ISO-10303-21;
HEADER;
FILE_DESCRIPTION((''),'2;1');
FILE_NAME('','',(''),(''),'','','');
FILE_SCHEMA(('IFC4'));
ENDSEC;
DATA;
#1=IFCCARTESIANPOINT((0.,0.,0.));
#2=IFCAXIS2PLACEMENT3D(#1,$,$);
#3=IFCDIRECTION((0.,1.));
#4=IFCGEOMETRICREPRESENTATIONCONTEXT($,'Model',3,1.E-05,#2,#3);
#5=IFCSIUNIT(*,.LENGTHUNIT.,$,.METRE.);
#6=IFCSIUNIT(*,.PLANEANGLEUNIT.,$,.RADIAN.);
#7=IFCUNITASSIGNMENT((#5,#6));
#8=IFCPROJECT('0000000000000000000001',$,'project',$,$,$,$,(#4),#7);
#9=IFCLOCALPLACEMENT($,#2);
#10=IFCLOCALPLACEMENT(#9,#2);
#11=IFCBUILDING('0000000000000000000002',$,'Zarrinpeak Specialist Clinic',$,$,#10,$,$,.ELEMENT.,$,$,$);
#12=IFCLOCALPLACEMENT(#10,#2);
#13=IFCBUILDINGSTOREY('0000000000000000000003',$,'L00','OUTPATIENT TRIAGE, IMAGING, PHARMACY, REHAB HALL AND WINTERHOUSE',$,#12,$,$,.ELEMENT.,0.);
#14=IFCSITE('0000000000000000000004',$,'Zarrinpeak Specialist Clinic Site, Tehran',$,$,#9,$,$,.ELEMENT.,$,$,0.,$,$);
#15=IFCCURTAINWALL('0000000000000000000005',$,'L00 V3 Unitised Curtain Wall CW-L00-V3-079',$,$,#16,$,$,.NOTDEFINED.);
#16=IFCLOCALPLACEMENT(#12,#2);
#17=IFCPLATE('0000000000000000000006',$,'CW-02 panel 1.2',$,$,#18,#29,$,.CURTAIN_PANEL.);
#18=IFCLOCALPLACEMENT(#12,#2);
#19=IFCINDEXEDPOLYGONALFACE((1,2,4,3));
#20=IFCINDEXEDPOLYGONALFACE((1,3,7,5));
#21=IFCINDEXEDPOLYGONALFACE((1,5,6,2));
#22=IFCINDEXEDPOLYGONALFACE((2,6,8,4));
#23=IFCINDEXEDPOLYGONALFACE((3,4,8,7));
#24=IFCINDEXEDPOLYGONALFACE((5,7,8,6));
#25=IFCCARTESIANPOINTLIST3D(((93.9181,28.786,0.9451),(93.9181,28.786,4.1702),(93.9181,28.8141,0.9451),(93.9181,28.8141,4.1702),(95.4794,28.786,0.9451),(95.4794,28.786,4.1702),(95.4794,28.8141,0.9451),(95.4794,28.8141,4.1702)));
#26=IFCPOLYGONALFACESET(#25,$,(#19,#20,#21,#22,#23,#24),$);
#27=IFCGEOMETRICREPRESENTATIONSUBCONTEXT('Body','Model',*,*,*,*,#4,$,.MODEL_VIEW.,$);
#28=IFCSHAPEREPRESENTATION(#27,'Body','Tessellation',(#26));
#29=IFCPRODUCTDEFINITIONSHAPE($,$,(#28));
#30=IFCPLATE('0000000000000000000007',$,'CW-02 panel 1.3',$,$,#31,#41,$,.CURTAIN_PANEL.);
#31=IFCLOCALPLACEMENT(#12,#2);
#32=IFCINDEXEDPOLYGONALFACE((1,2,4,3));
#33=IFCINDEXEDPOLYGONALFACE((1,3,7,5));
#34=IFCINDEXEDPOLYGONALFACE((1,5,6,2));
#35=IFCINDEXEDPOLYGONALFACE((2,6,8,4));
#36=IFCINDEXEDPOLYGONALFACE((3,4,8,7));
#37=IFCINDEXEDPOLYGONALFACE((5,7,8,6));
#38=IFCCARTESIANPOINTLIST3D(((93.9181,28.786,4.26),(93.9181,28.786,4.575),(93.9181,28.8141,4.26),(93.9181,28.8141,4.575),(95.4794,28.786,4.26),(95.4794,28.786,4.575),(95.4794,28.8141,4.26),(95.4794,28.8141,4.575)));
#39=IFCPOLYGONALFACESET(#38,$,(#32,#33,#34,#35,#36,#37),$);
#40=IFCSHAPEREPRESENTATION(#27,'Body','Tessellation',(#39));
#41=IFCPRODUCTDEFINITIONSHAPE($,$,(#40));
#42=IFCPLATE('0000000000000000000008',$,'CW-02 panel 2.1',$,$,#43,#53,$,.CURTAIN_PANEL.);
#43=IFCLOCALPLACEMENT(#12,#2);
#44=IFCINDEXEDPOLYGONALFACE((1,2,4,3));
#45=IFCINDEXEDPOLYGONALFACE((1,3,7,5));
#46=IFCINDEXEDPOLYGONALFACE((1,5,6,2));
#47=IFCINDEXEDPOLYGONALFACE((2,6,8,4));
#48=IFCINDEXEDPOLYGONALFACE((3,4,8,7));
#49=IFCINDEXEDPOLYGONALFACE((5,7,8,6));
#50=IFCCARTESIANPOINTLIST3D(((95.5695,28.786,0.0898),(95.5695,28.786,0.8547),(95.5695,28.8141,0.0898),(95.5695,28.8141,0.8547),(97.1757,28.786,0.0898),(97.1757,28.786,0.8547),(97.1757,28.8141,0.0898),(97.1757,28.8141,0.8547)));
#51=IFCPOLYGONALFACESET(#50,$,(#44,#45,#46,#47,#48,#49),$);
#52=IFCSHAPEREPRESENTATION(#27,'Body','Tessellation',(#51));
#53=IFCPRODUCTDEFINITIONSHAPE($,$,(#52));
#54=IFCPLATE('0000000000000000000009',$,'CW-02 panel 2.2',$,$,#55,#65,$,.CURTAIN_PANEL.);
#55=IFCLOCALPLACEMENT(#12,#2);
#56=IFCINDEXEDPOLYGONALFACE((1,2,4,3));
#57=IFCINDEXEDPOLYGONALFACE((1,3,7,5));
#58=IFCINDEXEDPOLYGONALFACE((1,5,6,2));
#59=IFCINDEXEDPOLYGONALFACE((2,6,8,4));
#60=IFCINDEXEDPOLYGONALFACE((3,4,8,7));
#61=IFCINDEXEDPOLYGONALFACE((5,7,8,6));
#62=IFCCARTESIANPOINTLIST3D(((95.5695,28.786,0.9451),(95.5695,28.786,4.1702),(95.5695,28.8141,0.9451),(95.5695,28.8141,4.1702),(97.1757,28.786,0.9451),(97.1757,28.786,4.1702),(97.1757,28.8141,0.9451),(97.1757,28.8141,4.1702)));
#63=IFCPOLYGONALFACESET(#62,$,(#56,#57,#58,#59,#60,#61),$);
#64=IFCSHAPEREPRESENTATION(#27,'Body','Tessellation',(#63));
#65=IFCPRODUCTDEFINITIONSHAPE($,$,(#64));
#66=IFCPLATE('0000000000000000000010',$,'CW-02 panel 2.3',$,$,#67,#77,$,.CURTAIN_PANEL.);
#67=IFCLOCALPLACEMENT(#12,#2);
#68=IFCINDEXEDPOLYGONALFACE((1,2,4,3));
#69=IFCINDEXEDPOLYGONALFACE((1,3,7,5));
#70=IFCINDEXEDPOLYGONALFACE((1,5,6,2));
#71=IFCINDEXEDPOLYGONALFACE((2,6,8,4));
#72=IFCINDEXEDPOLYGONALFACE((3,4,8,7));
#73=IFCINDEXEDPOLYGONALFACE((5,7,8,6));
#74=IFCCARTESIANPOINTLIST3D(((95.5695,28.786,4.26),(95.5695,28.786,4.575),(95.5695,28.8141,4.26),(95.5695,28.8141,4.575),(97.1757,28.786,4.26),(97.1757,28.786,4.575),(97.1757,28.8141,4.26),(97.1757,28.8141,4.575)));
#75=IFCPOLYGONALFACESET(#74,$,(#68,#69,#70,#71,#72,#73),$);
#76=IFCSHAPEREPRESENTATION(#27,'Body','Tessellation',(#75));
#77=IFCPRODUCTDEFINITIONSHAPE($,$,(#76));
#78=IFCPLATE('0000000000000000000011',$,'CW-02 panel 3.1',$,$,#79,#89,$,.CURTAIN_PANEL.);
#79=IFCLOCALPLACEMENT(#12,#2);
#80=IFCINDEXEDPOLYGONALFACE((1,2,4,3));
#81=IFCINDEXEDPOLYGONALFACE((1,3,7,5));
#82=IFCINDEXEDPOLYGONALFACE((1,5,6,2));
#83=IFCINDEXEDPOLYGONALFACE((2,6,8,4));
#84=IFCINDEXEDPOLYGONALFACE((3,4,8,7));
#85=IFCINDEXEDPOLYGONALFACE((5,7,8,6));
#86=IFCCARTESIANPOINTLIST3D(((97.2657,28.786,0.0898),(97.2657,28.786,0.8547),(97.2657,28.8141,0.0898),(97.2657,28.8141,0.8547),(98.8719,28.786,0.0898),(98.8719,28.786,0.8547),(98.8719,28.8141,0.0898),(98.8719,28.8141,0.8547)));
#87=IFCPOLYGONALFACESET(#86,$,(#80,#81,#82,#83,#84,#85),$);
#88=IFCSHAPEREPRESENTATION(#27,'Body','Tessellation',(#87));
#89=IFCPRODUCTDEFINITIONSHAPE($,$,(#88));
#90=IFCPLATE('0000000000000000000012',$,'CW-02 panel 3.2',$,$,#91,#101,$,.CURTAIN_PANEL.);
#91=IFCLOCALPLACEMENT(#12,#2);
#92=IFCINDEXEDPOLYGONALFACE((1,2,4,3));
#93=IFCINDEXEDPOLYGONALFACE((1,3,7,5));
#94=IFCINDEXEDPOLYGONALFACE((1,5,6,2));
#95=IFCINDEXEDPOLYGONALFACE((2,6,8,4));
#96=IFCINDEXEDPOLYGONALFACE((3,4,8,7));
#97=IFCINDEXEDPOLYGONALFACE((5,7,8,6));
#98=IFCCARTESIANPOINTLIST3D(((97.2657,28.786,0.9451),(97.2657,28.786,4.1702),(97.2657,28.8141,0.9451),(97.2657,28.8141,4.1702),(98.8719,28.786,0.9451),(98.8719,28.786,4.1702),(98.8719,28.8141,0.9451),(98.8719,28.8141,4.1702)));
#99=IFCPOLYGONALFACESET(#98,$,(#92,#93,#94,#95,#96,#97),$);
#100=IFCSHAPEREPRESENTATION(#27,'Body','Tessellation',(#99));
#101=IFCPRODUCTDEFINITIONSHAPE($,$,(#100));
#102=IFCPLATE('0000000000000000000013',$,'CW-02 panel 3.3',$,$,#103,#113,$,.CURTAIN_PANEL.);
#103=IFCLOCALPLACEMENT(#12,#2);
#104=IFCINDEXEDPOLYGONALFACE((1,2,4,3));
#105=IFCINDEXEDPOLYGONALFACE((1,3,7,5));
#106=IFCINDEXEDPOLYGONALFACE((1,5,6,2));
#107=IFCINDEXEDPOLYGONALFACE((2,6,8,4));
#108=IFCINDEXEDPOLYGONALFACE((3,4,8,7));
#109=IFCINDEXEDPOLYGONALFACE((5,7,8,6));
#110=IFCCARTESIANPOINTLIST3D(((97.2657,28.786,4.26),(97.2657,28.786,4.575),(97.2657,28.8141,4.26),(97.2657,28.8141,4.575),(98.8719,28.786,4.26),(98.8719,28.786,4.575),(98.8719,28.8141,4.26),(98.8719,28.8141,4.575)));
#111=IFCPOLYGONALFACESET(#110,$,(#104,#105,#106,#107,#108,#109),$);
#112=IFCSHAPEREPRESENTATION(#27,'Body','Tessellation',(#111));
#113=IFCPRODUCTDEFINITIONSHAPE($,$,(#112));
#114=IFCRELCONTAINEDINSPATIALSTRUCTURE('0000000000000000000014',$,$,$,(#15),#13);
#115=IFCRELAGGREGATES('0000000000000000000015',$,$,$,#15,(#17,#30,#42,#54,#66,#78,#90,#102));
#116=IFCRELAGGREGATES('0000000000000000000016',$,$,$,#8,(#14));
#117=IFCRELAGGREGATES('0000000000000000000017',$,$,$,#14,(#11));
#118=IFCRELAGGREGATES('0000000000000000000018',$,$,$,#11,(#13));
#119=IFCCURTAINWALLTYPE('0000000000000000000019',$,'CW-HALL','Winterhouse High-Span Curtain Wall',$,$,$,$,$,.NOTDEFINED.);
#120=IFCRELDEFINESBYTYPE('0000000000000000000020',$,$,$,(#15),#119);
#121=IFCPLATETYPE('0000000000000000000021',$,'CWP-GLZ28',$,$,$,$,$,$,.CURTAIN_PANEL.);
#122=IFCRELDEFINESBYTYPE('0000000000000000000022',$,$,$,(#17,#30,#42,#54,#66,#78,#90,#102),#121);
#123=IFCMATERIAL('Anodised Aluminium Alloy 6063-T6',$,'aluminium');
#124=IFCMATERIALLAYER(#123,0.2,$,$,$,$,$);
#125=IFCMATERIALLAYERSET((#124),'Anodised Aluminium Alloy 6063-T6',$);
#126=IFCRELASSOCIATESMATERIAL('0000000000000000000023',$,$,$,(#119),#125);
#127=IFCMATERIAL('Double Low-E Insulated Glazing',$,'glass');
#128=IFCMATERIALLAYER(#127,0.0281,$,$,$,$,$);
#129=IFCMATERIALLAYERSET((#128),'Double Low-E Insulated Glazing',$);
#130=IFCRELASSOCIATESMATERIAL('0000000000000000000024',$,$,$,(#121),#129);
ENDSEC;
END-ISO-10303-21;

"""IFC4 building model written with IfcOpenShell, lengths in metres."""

from ifc_helpers import new_model, si_unit, direction, frame, origin, origin_2d, place, context, subcontext, project, spatial, rectangle, extrude, material, layer, layer_set, type_object, element, aggregate, save


model = new_model("IFC4")

# Units and contexts
model_context = context("Model", 3, precision=1e-05, world=origin(), true_north=direction((0.0, 1.0)))
body_context = subcontext(model_context, "Body", "Model", "MODEL_VIEW")
ifc_project = project(units=[si_unit("LENGTHUNIT", "METRE"), si_unit("PLANEANGLEUNIT", "RADIAN")], contexts=[model_context])

# Site, building, storey
site_placement = place(None, origin())
site = spatial("IfcSite", under=ifc_project, at=site_placement, Name="Zarrinpeak Specialist Clinic Site, Tehran", CompositionType="ELEMENT", RefElevation=0.0)
building_placement = place(site_placement, origin())
building = spatial("IfcBuilding", under=site, at=building_placement, Name="Zarrinpeak Specialist Clinic", CompositionType="ELEMENT")
storey_placement = place(building_placement, origin())
storey = spatial("IfcBuildingStorey", under=building, at=storey_placement, Name="L00", Description="OUTPATIENT TRIAGE, IMAGING, PHARMACY, REHAB HALL AND WINTERHOUSE", CompositionType="ELEMENT", Elevation=0.0)

# Curtain wall, plates
ifc_material_1 = material(Name="Anodised Aluminium Alloy 6063-T6", Category="aluminium")
ifc_layer_1 = layer(ifc_material_1, 0.2)
ifc_layer_set_1 = layer_set([ifc_layer_1], Name="Anodised Aluminium Alloy 6063-T6")
curtain_wall_type = type_object("IfcCurtainWallType", Name="CW-HALL", Description="Winterhouse High-Span Curtain Wall", PredefinedType="NOTDEFINED", material=ifc_layer_set_1)
curtain_wall_placement = place(storey_placement, origin())
curtain_wall = element("IfcCurtainWall", 1, at=curtain_wall_placement, inside=storey, type_object=curtain_wall_type, Name="L00 V3 Unitised Curtain Wall CW-L00-V3-079", PredefinedType="NOTDEFINED")
ifc_material_2 = material(Name="Double Low-E Insulated Glazing", Category="glass")
ifc_layer_2 = layer(ifc_material_2, 0.0281)
ifc_layer_set_2 = layer_set([ifc_layer_2], Name="Double Low-E Insulated Glazing")
plate_type = type_object("IfcPlateType", Name="CWP-GLZ28", PredefinedType="CURTAIN_PANEL", material=ifc_layer_set_2)
plate_1_placement = place(storey_placement, frame((94.6987, 28.8, 0.9451), z_axis=(0.0, 0.0, 1.0), x_axis=(1.0, 0.0, 0.0)))
plate_1 = element("IfcPlate", 2, at=plate_1_placement, type_object=plate_type, Name="CW-02 panel 1.2", PredefinedType="CURTAIN_PANEL", context=body_context, shape_type="SweptSolid", body=[
    extrude(rectangle(XDim=1.5613, YDim=0.0281, at=origin_2d()), origin(), (0.0, 0.0, 1.0), 3.2251),
])
plate_2_placement = place(storey_placement, frame((94.6987, 28.8, 4.26), z_axis=(0.0, 0.0, 1.0), x_axis=(1.0, 0.0, 0.0)))
plate_2 = element("IfcPlate", 3, at=plate_2_placement, type_object=plate_type, Name="CW-02 panel 1.3", PredefinedType="CURTAIN_PANEL", context=body_context, shape_type="SweptSolid", body=[
    extrude(rectangle(XDim=1.5613, YDim=0.0281, at=origin_2d()), origin(), (0.0, 0.0, 1.0), 0.3149),
])
plate_3_placement = place(storey_placement, frame((96.3726, 28.8, 0.0898), z_axis=(0.0, 0.0, 1.0), x_axis=(1.0, 0.0, 0.0)))
plate_3 = element("IfcPlate", 4, at=plate_3_placement, type_object=plate_type, Name="CW-02 panel 2.1", PredefinedType="CURTAIN_PANEL", context=body_context, shape_type="SweptSolid", body=[
    extrude(rectangle(XDim=1.6062, YDim=0.0281, at=origin_2d()), origin(), (0.0, 0.0, 1.0), 0.7649),
])
plate_4_placement = place(storey_placement, frame((96.3726, 28.8, 0.9451), z_axis=(0.0, 0.0, 1.0), x_axis=(1.0, 0.0, 0.0)))
plate_4 = element("IfcPlate", 5, at=plate_4_placement, type_object=plate_type, Name="CW-02 panel 2.2", PredefinedType="CURTAIN_PANEL", context=body_context, shape_type="SweptSolid", body=[
    extrude(rectangle(XDim=1.6062, YDim=0.0281, at=origin_2d()), origin(), (0.0, 0.0, 1.0), 3.2251),
])
plate_5_placement = place(storey_placement, frame((96.3726, 28.8, 4.26), z_axis=(0.0, 0.0, 1.0), x_axis=(1.0, 0.0, 0.0)))
plate_5 = element("IfcPlate", 6, at=plate_5_placement, type_object=plate_type, Name="CW-02 panel 2.3", PredefinedType="CURTAIN_PANEL", context=body_context, shape_type="SweptSolid", body=[
    extrude(rectangle(XDim=1.6062, YDim=0.0281, at=origin_2d()), origin(), (0.0, 0.0, 1.0), 0.3149),
])
plate_6_placement = place(storey_placement, frame((98.0688, 28.8, 0.0898), z_axis=(0.0, 0.0, 1.0), x_axis=(1.0, 0.0, 0.0)))
plate_6 = element("IfcPlate", 7, at=plate_6_placement, type_object=plate_type, Name="CW-02 panel 3.1", PredefinedType="CURTAIN_PANEL", context=body_context, shape_type="SweptSolid", body=[
    extrude(rectangle(XDim=1.6062, YDim=0.0281, at=origin_2d()), origin(), (0.0, 0.0, 1.0), 0.7649),
])
plate_7_placement = place(storey_placement, frame((98.0688, 28.8, 0.9451), z_axis=(0.0, 0.0, 1.0), x_axis=(1.0, 0.0, 0.0)))
plate_7 = element("IfcPlate", 8, at=plate_7_placement, type_object=plate_type, Name="CW-02 panel 3.2", PredefinedType="CURTAIN_PANEL", context=body_context, shape_type="SweptSolid", body=[
    extrude(rectangle(XDim=1.6062, YDim=0.0281, at=origin_2d()), origin(), (0.0, 0.0, 1.0), 3.2251),
])
plate_8_placement = place(storey_placement, frame((98.0688, 28.8, 4.26), z_axis=(0.0, 0.0, 1.0), x_axis=(1.0, 0.0, 0.0)))
plate_8 = element("IfcPlate", 9, at=plate_8_placement, type_object=plate_type, Name="CW-02 panel 3.3", PredefinedType="CURTAIN_PANEL", context=body_context, shape_type="SweptSolid", body=[
    extrude(rectangle(XDim=1.6062, YDim=0.0281, at=origin_2d()), origin(), (0.0, 0.0, 1.0), 0.3149),
])
aggregate(curtain_wall, [plate_1, plate_2, plate_3, plate_4, plate_5, plate_6, plate_7, plate_8])

save(model, "model.ifc")
